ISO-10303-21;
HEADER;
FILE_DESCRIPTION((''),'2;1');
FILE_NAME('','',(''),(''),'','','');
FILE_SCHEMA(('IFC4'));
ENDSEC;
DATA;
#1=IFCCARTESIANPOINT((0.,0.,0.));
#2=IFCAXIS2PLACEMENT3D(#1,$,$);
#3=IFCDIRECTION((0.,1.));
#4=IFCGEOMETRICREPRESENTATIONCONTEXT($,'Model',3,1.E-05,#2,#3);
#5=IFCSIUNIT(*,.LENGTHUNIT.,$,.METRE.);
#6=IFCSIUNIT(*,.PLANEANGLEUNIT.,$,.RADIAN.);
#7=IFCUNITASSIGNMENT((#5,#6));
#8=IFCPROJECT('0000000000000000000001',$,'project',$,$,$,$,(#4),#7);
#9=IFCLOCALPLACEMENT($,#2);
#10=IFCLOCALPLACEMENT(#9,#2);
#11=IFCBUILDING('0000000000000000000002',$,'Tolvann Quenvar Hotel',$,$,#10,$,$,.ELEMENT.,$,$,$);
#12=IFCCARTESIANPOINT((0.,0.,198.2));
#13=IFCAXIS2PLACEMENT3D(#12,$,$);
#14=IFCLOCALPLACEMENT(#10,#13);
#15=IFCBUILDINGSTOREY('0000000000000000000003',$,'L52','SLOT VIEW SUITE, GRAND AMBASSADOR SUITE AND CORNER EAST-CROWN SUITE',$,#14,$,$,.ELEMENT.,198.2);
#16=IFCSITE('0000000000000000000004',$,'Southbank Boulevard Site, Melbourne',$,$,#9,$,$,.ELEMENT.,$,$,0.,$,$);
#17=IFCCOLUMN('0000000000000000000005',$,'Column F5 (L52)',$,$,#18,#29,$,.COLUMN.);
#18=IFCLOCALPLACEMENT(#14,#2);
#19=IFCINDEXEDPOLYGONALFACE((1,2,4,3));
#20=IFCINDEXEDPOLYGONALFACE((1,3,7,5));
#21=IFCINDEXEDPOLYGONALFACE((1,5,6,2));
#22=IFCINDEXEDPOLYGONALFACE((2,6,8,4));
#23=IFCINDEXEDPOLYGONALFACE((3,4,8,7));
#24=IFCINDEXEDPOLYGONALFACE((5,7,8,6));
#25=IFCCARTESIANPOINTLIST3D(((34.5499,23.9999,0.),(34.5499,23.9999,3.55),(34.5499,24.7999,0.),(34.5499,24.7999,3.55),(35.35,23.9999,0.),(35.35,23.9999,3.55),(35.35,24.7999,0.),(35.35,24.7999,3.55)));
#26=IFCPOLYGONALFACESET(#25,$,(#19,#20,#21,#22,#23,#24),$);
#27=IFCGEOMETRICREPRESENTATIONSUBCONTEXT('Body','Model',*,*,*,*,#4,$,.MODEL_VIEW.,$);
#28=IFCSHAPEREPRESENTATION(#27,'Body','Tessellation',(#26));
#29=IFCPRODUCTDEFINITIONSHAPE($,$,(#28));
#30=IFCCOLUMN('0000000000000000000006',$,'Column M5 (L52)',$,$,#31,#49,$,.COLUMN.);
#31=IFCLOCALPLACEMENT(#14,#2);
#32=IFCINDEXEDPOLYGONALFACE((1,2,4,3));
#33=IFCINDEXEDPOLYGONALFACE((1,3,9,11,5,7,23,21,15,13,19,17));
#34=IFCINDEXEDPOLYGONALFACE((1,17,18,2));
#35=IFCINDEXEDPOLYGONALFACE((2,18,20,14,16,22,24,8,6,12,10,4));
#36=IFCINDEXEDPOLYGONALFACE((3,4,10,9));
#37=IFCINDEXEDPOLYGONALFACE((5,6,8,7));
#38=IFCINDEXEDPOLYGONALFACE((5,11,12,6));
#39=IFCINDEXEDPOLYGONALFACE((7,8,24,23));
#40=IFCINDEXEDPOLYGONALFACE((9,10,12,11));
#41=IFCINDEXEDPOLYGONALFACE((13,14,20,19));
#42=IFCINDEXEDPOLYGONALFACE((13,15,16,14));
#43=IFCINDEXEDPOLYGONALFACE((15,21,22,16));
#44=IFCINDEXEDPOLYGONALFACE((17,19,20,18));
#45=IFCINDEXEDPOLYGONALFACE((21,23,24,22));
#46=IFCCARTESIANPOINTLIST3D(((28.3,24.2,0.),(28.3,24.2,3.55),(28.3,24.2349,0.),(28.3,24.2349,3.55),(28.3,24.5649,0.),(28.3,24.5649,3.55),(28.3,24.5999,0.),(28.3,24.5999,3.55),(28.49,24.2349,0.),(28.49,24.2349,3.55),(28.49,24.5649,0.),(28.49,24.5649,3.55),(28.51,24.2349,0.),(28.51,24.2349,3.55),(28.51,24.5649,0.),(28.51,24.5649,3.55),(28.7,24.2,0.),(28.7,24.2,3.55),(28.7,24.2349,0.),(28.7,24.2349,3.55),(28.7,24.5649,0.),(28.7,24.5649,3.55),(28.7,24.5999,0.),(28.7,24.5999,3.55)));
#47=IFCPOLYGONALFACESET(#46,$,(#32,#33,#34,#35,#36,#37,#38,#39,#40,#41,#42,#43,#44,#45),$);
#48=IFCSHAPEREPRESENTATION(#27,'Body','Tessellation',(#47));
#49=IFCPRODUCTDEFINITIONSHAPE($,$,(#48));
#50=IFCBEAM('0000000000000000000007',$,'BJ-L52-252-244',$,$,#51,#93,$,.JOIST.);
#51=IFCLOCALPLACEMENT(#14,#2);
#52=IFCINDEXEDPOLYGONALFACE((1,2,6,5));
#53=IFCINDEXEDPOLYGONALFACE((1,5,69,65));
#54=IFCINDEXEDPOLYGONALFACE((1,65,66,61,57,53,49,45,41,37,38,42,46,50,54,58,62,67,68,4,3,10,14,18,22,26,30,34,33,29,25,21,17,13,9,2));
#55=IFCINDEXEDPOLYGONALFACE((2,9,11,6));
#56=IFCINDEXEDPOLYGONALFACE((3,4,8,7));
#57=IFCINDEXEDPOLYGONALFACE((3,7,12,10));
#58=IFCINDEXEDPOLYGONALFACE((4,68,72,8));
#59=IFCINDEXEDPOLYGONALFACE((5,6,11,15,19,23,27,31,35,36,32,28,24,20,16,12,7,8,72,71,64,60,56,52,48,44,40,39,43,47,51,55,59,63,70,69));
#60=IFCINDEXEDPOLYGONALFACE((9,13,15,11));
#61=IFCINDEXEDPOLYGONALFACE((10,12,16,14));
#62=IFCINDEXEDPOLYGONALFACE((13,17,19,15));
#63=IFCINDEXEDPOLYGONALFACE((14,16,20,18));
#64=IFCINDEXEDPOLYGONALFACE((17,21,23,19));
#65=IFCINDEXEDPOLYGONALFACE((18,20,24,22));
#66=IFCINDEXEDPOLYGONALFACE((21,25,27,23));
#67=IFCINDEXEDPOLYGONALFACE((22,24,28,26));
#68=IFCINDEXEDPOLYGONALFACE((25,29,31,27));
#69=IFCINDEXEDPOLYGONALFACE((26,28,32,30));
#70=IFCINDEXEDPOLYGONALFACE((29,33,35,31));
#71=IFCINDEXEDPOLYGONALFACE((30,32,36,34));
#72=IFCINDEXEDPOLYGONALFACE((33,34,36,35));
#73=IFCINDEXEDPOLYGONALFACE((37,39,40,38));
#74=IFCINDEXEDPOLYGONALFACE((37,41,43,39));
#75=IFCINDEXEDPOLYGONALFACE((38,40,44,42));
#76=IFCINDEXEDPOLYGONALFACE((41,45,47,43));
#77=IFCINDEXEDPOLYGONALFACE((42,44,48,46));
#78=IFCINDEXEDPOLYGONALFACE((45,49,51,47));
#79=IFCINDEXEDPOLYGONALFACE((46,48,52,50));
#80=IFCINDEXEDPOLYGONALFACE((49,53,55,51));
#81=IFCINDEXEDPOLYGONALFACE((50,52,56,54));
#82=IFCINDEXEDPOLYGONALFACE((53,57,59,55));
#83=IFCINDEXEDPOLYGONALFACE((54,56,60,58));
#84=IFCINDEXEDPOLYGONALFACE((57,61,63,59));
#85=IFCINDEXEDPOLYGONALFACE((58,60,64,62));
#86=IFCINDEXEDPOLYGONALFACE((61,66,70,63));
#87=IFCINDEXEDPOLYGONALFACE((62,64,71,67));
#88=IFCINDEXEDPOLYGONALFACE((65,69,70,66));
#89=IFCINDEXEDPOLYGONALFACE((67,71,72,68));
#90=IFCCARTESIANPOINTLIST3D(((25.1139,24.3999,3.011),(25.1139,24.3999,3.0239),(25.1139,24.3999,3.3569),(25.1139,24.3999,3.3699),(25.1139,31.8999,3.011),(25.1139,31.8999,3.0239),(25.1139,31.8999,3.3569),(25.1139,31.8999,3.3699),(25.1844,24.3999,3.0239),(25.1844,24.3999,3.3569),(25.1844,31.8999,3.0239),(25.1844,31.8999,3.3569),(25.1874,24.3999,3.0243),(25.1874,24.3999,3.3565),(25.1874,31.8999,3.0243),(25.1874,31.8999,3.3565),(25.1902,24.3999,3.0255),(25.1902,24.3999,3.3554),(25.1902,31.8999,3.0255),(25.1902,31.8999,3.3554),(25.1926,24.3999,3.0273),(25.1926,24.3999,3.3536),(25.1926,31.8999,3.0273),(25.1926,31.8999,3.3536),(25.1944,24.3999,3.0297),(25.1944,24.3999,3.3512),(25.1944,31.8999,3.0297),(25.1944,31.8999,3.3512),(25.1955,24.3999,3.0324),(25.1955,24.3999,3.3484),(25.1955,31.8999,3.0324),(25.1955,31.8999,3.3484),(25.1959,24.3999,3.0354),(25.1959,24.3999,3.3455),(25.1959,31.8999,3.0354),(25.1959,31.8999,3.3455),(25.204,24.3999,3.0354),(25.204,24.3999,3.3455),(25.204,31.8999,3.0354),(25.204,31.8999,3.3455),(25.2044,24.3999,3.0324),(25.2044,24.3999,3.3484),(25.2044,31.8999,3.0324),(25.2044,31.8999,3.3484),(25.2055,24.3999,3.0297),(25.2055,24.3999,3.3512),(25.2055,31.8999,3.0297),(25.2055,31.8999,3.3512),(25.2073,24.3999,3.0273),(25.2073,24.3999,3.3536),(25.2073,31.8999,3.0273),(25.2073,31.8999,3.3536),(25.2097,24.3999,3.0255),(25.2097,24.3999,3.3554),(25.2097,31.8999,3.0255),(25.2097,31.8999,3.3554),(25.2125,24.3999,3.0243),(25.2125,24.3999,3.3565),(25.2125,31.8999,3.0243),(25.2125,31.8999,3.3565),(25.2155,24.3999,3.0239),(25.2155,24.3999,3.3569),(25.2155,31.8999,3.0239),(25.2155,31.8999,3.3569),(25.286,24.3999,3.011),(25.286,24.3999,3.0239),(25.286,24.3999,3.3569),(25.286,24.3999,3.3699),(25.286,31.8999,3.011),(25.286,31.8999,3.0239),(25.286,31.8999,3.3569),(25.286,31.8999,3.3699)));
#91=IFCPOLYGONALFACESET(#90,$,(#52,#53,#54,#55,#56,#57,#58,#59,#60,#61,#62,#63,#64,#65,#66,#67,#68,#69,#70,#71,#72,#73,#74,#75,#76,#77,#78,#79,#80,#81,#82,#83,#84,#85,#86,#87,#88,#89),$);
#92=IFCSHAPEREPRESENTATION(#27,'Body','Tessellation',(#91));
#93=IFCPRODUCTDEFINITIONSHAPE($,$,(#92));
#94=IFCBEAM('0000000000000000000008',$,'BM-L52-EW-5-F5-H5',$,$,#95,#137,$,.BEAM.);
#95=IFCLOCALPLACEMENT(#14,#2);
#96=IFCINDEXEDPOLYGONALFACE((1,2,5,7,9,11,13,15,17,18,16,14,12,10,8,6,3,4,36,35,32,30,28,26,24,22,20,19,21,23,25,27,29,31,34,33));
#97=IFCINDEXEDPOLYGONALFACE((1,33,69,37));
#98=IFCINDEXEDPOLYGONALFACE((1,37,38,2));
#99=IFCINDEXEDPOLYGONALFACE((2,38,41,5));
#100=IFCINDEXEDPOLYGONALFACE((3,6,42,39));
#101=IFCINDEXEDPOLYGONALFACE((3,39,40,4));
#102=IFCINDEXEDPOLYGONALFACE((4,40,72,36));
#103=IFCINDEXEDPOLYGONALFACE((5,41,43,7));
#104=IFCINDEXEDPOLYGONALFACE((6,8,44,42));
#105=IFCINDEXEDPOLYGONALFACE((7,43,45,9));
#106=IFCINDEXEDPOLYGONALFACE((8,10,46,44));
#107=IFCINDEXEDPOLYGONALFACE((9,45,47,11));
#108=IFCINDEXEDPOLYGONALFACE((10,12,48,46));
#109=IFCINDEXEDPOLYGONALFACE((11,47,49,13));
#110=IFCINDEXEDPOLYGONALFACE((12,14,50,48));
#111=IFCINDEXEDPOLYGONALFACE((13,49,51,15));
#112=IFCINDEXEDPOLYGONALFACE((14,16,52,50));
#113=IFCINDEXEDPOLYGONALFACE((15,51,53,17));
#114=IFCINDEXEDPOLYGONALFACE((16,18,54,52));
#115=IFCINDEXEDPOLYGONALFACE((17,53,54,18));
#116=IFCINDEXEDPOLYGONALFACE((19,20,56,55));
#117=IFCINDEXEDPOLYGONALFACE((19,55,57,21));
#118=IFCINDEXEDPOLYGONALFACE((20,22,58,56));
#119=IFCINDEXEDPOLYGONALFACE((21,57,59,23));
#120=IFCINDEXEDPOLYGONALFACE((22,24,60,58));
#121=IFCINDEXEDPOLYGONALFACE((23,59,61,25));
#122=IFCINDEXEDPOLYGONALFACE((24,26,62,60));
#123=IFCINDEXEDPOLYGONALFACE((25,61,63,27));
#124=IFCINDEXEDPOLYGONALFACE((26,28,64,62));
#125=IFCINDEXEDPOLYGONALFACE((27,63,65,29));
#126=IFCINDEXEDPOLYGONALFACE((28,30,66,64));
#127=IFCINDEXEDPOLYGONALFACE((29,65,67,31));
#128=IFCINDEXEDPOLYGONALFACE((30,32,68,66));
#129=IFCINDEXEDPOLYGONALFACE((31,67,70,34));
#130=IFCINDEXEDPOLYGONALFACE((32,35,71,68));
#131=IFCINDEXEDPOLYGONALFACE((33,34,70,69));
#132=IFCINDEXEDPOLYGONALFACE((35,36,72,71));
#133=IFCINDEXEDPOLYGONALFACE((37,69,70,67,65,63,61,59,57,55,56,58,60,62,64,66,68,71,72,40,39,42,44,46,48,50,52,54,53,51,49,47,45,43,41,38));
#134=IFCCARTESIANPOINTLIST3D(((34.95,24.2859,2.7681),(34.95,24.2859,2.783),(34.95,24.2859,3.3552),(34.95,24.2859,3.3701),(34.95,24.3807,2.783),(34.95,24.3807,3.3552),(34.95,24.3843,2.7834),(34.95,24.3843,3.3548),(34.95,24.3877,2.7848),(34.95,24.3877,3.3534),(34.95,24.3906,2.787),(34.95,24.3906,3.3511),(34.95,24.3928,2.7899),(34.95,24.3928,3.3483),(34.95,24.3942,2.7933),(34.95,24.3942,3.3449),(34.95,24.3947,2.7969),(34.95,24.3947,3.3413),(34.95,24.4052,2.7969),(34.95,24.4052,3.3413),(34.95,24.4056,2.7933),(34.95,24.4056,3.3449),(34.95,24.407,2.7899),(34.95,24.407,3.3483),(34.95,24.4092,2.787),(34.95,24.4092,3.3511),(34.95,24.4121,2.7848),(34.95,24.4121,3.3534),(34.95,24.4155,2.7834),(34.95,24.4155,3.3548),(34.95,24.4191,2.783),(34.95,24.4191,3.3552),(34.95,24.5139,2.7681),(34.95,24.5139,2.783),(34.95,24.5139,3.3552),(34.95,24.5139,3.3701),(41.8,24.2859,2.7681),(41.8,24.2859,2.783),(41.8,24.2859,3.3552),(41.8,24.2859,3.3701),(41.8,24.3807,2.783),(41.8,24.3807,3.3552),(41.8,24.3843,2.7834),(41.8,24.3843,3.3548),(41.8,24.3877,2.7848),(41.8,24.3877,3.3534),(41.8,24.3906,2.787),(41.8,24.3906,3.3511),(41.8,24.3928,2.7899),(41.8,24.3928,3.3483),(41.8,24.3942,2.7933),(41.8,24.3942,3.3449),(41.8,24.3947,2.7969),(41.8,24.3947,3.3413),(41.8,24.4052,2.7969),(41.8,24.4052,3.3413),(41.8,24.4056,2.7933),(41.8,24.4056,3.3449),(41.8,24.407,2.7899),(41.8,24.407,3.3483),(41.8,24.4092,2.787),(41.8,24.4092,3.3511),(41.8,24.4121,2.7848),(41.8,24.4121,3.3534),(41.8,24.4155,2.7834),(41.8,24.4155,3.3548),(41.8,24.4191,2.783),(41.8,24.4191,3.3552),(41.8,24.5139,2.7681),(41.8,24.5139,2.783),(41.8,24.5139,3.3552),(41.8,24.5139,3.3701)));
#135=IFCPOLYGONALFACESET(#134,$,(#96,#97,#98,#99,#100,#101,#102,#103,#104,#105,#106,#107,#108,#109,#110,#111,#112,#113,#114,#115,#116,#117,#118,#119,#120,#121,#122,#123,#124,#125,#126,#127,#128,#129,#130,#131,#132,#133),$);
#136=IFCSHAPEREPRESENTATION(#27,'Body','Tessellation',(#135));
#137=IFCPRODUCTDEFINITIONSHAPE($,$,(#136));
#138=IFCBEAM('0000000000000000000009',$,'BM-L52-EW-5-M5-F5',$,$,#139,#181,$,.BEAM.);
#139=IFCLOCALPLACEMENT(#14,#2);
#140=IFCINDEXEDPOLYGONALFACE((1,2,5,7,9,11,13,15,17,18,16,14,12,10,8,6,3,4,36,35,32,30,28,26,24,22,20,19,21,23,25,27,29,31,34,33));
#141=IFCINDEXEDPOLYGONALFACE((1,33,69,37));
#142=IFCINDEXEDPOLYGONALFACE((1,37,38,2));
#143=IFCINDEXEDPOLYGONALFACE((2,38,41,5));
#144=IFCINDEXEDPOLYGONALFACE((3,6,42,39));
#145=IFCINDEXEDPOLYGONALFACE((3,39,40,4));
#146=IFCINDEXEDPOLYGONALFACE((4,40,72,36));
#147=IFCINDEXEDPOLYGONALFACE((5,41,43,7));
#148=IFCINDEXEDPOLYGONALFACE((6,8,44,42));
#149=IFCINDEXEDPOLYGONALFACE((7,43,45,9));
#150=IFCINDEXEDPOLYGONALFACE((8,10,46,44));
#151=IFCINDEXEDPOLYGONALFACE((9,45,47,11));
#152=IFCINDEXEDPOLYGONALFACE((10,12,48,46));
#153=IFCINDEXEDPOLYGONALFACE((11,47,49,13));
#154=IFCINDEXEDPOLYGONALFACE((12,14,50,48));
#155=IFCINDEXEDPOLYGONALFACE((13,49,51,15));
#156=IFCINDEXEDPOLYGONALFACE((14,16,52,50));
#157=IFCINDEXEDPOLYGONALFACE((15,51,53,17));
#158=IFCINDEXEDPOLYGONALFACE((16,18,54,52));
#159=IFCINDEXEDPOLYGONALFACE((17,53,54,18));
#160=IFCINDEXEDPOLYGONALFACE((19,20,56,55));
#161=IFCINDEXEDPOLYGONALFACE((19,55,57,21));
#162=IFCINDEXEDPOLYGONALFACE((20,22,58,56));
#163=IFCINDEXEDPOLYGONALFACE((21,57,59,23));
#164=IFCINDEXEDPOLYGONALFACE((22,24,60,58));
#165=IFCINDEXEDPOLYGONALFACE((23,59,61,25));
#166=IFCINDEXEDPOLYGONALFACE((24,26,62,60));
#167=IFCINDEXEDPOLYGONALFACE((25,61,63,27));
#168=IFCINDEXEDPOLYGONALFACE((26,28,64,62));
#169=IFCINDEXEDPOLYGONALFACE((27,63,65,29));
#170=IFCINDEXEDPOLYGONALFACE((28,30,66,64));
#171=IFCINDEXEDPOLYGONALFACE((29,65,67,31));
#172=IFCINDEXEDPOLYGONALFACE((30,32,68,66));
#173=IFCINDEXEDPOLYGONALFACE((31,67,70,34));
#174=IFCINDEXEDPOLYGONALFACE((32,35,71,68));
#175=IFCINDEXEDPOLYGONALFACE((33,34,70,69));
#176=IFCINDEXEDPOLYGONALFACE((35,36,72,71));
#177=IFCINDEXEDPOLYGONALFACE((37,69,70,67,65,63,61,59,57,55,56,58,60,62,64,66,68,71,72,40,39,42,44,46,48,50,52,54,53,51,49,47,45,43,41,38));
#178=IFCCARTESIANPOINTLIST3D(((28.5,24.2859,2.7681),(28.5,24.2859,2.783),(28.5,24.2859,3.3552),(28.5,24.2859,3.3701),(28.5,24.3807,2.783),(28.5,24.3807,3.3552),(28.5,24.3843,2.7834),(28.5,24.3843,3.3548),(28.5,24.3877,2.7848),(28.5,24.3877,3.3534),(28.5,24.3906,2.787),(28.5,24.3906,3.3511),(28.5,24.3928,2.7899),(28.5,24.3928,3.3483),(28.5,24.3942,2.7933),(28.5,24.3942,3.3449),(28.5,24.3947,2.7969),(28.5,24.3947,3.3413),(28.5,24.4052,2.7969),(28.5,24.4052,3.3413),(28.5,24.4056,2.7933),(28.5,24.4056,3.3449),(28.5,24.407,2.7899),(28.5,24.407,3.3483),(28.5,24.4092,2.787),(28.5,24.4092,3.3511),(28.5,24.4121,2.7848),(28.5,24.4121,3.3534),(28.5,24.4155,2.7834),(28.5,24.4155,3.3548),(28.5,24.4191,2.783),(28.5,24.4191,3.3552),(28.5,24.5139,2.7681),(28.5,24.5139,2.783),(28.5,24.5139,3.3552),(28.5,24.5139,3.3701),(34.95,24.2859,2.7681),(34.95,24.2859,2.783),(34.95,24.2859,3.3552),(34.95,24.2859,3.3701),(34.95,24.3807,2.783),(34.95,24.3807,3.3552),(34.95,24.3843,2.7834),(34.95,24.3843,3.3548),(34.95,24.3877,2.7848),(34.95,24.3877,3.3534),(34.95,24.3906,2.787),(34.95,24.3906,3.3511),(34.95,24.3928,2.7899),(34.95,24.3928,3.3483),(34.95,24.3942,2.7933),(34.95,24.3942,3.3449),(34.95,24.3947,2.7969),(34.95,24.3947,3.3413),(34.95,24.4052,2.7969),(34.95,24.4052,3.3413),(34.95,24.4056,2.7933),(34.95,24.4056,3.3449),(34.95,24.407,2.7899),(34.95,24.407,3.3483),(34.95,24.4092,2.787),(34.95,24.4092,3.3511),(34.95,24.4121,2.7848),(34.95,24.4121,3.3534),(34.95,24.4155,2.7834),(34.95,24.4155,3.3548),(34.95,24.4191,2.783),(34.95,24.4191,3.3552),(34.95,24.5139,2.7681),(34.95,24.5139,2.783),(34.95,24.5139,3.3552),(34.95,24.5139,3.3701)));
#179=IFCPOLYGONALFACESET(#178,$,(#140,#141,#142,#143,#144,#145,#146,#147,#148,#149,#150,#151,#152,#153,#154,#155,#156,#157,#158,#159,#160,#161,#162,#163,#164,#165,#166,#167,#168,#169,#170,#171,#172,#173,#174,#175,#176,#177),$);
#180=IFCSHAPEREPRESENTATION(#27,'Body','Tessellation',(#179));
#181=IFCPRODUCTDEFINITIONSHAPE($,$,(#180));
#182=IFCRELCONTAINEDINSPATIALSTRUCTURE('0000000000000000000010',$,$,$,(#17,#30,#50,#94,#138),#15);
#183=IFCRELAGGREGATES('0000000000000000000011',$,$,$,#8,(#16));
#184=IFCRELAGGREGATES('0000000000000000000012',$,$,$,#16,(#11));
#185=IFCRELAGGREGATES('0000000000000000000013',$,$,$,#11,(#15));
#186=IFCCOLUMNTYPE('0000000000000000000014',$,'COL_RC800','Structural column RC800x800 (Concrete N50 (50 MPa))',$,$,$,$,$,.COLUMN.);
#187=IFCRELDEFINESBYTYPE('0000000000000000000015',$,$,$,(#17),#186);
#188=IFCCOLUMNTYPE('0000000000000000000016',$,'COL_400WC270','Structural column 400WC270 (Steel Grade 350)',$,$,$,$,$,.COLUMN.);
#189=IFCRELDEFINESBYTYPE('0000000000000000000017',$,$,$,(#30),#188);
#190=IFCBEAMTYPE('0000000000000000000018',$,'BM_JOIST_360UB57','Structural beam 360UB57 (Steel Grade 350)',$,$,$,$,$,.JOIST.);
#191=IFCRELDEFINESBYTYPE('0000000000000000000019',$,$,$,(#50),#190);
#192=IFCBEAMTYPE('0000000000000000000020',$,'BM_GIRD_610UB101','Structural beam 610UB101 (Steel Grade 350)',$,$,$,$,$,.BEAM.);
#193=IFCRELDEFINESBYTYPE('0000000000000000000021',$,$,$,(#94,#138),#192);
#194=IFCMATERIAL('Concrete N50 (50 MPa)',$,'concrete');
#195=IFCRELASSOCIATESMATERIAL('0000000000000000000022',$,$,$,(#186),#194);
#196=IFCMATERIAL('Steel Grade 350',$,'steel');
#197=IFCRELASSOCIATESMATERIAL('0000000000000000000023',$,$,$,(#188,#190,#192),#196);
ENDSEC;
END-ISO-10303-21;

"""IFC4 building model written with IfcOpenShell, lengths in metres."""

from ifc_helpers import new_model, si_unit, direction, frame, origin, origin_2d, place, context, subcontext, project, spatial, rectangle, i_section, extrude, source, transform, mapped, material, material_profile, profile_set, type_object, type_shapes, element, save


model = new_model("IFC4")

# Units and contexts
model_context = context("Model", 3, precision=1e-05, world=origin(), true_north=direction((0.0, 1.0)))
body_context = subcontext(model_context, "Body", "Model", "MODEL_VIEW")
ifc_project = project(units=[si_unit("LENGTHUNIT", "METRE"), si_unit("PLANEANGLEUNIT", "RADIAN")], contexts=[model_context])

# Site, building, storey
site_placement = place(None, origin())
site = spatial("IfcSite", under=ifc_project, at=site_placement, Name="Southbank Boulevard Site, Melbourne", CompositionType="ELEMENT", RefElevation=0.0)
building_placement = place(site_placement, origin())
building = spatial("IfcBuilding", under=site, at=building_placement, Name="Tolvann Quenvar Hotel", CompositionType="ELEMENT")
storey_placement = place(building_placement, frame((0.0, 0.0, 198.2)))
storey = spatial("IfcBuildingStorey", under=building, at=storey_placement, Name="L52", Description="SLOT VIEW SUITE, GRAND AMBASSADOR SUITE AND CORNER EAST-CROWN SUITE", CompositionType="ELEMENT", Elevation=198.2)

# Columns
ifc_material_1 = material(Name="Concrete N50 (50 MPa)", Category="concrete")
ifc_material_profile_1 = material_profile(ifc_material_1, rectangle(XDim=0.8, YDim=0.8, at=origin_2d()), Name="RC800x800")
ifc_profile_set_1 = profile_set([ifc_material_profile_1], Name="Concrete N50 (50 MPa)")
column_type_1 = type_object("IfcColumnType", Name="COL_RC800", Description="Structural column RC800x800 (Concrete N50 (50 MPa))", PredefinedType="COLUMN", material=ifc_profile_set_1)
shared_shape_1 = source(origin(), body_context, "Body", "SweptSolid", [
    extrude(rectangle(XDim=0.8, YDim=0.8, at=origin_2d()), origin(), (0.0, 0.0, 1.0), 3.55),
])
type_shapes(column_type_1, [shared_shape_1])
column_1_placement = place(storey_placement, frame((34.95, 24.3999, 0.0), z_axis=(0.0, 0.0, 1.0), x_axis=(1.0, 0.0, 0.0)))
element("IfcColumn", 1, at=column_1_placement, inside=storey, type_object=column_type_1, Name="Column F5 (L52)", PredefinedType="COLUMN", context=body_context, shape_type="MappedRepresentation", body=[
    mapped(shared_shape_1, transform((0.0, 0.0, 0.0), x_axis=(1.0, 0.0, 0.0), y_axis=(0.0, 1.0, 0.0), z_axis=(0.0, 0.0, 1.0), scale=1.0)),
])
ifc_material_2 = material(Name="Steel Grade 350", Category="steel")
ifc_material_profile_2 = material_profile(ifc_material_2, i_section(OverallWidth=0.3999, OverallDepth=0.3999, WebThickness=0.02, FlangeThickness=0.0349, at=origin_2d()), Name="400WC270")
ifc_profile_set_2 = profile_set([ifc_material_profile_2], Name="Steel Grade 350")
column_type_2 = type_object("IfcColumnType", Name="COL_400WC270", Description="Structural column 400WC270 (Steel Grade 350)", PredefinedType="COLUMN", material=ifc_profile_set_2)
shared_shape_2 = source(origin(), body_context, "Body", "SweptSolid", [
    extrude(i_section(OverallWidth=0.3999, OverallDepth=0.3999, WebThickness=0.02, FlangeThickness=0.0349, at=origin_2d()), origin(), (0.0, 0.0, 1.0), 3.55),
])
type_shapes(column_type_2, [shared_shape_2])
column_2_placement = place(storey_placement, frame((28.5, 24.3999, 0.0), z_axis=(0.0, 0.0, 1.0), x_axis=(1.0, 0.0, 0.0)))
element("IfcColumn", 2, at=column_2_placement, inside=storey, type_object=column_type_2, Name="Column M5 (L52)", PredefinedType="COLUMN", context=body_context, shape_type="MappedRepresentation", body=[
    mapped(shared_shape_2, transform((0.0, 0.0, 0.0), x_axis=(1.0, 0.0, 0.0), y_axis=(0.0, 1.0, 0.0), z_axis=(0.0, 0.0, 1.0), scale=1.0)),
])

# Beams
ifc_material_profile_3 = material_profile(ifc_material_2, i_section(OverallWidth=0.1721, OverallDepth=0.3589, WebThickness=0.0081, FlangeThickness=0.0129, FilletRadius=0.0115, at=origin_2d()), Name="360UB57")
ifc_profile_set_3 = profile_set([ifc_material_profile_3], Name="Steel Grade 350")
beam_type_1 = type_object("IfcBeamType", Name="BM_JOIST_360UB57", Description="Structural beam 360UB57 (Steel Grade 350)", PredefinedType="JOIST", material=ifc_profile_set_3)
shared_shape_3 = source(origin(), body_context, "Body", "SweptSolid", [
    extrude(i_section(OverallWidth=0.1721, OverallDepth=0.3589, WebThickness=0.0081, FlangeThickness=0.0129, FilletRadius=0.0115, at=origin_2d()), origin(), (0.0, 0.0, 1.0), 7.5),
])
type_shapes(beam_type_1, [shared_shape_3])
beam_1_placement = place(storey_placement, frame((25.2, 24.3999, 3.1904), z_axis=(0.0, 1.0, 0.0), x_axis=(-1.0, 0.0, 0.0)))
element("IfcBeam", 3, at=beam_1_placement, inside=storey, type_object=beam_type_1, Name="BJ-L52-252-244", PredefinedType="JOIST", context=body_context, shape_type="MappedRepresentation", body=[
    mapped(shared_shape_3, transform((0.0, 0.0, 0.0), x_axis=(1.0, 0.0, 0.0), y_axis=(0.0, 1.0, 0.0), z_axis=(0.0, 0.0, 1.0), scale=1.0)),
])
ifc_material_profile_4 = material_profile(ifc_material_2, i_section(OverallWidth=0.228, OverallDepth=0.6021, WebThickness=0.0105, FlangeThickness=0.0149, FilletRadius=0.0139, at=origin_2d()), Name="610UB101")
ifc_profile_set_4 = profile_set([ifc_material_profile_4], Name="Steel Grade 350")
beam_type_2 = type_object("IfcBeamType", Name="BM_GIRD_610UB101", Description="Structural beam 610UB101 (Steel Grade 350)", PredefinedType="BEAM", material=ifc_profile_set_4)
shared_shape_4 = source(origin(), body_context, "Body", "SweptSolid", [
    extrude(i_section(OverallWidth=0.228, OverallDepth=0.6021, WebThickness=0.0105, FlangeThickness=0.0149, FilletRadius=0.0139, at=origin_2d()), origin(), (0.0, 0.0, 1.0), 6.8501),
])
beam_2_placement = place(storey_placement, frame((34.95, 24.3999, 3.0691), z_axis=(1.0, 0.0, 0.0), x_axis=(0.0, 1.0, 0.0)))
element("IfcBeam", 4, at=beam_2_placement, inside=storey, type_object=beam_type_2, Name="BM-L52-EW-5-F5-H5", PredefinedType="BEAM", context=body_context, shape_type="MappedRepresentation", body=[
    mapped(shared_shape_4, transform((0.0, 0.0, 0.0), x_axis=(1.0, 0.0, 0.0), y_axis=(0.0, 1.0, 0.0), z_axis=(0.0, 0.0, 1.0), scale=1.0)),
])
shared_shape_5 = source(origin(), body_context, "Body", "SweptSolid", [
    extrude(i_section(OverallWidth=0.228, OverallDepth=0.6021, WebThickness=0.0105, FlangeThickness=0.0149, FilletRadius=0.0139, at=origin_2d()), origin(), (0.0, 0.0, 1.0), 6.45),
])
beam_3_placement = place(storey_placement, frame((28.5, 24.3999, 3.0691), z_axis=(1.0, 0.0, 0.0), x_axis=(0.0, 1.0, 0.0)))
element("IfcBeam", 5, at=beam_3_placement, inside=storey, type_object=beam_type_2, Name="BM-L52-EW-5-M5-F5", PredefinedType="BEAM", context=body_context, shape_type="MappedRepresentation", body=[
    mapped(shared_shape_5, transform((0.0, 0.0, 0.0), x_axis=(1.0, 0.0, 0.0), y_axis=(0.0, 1.0, 0.0), z_axis=(0.0, 0.0, 1.0), scale=1.0)),
])

save(model, "model.ifc")
